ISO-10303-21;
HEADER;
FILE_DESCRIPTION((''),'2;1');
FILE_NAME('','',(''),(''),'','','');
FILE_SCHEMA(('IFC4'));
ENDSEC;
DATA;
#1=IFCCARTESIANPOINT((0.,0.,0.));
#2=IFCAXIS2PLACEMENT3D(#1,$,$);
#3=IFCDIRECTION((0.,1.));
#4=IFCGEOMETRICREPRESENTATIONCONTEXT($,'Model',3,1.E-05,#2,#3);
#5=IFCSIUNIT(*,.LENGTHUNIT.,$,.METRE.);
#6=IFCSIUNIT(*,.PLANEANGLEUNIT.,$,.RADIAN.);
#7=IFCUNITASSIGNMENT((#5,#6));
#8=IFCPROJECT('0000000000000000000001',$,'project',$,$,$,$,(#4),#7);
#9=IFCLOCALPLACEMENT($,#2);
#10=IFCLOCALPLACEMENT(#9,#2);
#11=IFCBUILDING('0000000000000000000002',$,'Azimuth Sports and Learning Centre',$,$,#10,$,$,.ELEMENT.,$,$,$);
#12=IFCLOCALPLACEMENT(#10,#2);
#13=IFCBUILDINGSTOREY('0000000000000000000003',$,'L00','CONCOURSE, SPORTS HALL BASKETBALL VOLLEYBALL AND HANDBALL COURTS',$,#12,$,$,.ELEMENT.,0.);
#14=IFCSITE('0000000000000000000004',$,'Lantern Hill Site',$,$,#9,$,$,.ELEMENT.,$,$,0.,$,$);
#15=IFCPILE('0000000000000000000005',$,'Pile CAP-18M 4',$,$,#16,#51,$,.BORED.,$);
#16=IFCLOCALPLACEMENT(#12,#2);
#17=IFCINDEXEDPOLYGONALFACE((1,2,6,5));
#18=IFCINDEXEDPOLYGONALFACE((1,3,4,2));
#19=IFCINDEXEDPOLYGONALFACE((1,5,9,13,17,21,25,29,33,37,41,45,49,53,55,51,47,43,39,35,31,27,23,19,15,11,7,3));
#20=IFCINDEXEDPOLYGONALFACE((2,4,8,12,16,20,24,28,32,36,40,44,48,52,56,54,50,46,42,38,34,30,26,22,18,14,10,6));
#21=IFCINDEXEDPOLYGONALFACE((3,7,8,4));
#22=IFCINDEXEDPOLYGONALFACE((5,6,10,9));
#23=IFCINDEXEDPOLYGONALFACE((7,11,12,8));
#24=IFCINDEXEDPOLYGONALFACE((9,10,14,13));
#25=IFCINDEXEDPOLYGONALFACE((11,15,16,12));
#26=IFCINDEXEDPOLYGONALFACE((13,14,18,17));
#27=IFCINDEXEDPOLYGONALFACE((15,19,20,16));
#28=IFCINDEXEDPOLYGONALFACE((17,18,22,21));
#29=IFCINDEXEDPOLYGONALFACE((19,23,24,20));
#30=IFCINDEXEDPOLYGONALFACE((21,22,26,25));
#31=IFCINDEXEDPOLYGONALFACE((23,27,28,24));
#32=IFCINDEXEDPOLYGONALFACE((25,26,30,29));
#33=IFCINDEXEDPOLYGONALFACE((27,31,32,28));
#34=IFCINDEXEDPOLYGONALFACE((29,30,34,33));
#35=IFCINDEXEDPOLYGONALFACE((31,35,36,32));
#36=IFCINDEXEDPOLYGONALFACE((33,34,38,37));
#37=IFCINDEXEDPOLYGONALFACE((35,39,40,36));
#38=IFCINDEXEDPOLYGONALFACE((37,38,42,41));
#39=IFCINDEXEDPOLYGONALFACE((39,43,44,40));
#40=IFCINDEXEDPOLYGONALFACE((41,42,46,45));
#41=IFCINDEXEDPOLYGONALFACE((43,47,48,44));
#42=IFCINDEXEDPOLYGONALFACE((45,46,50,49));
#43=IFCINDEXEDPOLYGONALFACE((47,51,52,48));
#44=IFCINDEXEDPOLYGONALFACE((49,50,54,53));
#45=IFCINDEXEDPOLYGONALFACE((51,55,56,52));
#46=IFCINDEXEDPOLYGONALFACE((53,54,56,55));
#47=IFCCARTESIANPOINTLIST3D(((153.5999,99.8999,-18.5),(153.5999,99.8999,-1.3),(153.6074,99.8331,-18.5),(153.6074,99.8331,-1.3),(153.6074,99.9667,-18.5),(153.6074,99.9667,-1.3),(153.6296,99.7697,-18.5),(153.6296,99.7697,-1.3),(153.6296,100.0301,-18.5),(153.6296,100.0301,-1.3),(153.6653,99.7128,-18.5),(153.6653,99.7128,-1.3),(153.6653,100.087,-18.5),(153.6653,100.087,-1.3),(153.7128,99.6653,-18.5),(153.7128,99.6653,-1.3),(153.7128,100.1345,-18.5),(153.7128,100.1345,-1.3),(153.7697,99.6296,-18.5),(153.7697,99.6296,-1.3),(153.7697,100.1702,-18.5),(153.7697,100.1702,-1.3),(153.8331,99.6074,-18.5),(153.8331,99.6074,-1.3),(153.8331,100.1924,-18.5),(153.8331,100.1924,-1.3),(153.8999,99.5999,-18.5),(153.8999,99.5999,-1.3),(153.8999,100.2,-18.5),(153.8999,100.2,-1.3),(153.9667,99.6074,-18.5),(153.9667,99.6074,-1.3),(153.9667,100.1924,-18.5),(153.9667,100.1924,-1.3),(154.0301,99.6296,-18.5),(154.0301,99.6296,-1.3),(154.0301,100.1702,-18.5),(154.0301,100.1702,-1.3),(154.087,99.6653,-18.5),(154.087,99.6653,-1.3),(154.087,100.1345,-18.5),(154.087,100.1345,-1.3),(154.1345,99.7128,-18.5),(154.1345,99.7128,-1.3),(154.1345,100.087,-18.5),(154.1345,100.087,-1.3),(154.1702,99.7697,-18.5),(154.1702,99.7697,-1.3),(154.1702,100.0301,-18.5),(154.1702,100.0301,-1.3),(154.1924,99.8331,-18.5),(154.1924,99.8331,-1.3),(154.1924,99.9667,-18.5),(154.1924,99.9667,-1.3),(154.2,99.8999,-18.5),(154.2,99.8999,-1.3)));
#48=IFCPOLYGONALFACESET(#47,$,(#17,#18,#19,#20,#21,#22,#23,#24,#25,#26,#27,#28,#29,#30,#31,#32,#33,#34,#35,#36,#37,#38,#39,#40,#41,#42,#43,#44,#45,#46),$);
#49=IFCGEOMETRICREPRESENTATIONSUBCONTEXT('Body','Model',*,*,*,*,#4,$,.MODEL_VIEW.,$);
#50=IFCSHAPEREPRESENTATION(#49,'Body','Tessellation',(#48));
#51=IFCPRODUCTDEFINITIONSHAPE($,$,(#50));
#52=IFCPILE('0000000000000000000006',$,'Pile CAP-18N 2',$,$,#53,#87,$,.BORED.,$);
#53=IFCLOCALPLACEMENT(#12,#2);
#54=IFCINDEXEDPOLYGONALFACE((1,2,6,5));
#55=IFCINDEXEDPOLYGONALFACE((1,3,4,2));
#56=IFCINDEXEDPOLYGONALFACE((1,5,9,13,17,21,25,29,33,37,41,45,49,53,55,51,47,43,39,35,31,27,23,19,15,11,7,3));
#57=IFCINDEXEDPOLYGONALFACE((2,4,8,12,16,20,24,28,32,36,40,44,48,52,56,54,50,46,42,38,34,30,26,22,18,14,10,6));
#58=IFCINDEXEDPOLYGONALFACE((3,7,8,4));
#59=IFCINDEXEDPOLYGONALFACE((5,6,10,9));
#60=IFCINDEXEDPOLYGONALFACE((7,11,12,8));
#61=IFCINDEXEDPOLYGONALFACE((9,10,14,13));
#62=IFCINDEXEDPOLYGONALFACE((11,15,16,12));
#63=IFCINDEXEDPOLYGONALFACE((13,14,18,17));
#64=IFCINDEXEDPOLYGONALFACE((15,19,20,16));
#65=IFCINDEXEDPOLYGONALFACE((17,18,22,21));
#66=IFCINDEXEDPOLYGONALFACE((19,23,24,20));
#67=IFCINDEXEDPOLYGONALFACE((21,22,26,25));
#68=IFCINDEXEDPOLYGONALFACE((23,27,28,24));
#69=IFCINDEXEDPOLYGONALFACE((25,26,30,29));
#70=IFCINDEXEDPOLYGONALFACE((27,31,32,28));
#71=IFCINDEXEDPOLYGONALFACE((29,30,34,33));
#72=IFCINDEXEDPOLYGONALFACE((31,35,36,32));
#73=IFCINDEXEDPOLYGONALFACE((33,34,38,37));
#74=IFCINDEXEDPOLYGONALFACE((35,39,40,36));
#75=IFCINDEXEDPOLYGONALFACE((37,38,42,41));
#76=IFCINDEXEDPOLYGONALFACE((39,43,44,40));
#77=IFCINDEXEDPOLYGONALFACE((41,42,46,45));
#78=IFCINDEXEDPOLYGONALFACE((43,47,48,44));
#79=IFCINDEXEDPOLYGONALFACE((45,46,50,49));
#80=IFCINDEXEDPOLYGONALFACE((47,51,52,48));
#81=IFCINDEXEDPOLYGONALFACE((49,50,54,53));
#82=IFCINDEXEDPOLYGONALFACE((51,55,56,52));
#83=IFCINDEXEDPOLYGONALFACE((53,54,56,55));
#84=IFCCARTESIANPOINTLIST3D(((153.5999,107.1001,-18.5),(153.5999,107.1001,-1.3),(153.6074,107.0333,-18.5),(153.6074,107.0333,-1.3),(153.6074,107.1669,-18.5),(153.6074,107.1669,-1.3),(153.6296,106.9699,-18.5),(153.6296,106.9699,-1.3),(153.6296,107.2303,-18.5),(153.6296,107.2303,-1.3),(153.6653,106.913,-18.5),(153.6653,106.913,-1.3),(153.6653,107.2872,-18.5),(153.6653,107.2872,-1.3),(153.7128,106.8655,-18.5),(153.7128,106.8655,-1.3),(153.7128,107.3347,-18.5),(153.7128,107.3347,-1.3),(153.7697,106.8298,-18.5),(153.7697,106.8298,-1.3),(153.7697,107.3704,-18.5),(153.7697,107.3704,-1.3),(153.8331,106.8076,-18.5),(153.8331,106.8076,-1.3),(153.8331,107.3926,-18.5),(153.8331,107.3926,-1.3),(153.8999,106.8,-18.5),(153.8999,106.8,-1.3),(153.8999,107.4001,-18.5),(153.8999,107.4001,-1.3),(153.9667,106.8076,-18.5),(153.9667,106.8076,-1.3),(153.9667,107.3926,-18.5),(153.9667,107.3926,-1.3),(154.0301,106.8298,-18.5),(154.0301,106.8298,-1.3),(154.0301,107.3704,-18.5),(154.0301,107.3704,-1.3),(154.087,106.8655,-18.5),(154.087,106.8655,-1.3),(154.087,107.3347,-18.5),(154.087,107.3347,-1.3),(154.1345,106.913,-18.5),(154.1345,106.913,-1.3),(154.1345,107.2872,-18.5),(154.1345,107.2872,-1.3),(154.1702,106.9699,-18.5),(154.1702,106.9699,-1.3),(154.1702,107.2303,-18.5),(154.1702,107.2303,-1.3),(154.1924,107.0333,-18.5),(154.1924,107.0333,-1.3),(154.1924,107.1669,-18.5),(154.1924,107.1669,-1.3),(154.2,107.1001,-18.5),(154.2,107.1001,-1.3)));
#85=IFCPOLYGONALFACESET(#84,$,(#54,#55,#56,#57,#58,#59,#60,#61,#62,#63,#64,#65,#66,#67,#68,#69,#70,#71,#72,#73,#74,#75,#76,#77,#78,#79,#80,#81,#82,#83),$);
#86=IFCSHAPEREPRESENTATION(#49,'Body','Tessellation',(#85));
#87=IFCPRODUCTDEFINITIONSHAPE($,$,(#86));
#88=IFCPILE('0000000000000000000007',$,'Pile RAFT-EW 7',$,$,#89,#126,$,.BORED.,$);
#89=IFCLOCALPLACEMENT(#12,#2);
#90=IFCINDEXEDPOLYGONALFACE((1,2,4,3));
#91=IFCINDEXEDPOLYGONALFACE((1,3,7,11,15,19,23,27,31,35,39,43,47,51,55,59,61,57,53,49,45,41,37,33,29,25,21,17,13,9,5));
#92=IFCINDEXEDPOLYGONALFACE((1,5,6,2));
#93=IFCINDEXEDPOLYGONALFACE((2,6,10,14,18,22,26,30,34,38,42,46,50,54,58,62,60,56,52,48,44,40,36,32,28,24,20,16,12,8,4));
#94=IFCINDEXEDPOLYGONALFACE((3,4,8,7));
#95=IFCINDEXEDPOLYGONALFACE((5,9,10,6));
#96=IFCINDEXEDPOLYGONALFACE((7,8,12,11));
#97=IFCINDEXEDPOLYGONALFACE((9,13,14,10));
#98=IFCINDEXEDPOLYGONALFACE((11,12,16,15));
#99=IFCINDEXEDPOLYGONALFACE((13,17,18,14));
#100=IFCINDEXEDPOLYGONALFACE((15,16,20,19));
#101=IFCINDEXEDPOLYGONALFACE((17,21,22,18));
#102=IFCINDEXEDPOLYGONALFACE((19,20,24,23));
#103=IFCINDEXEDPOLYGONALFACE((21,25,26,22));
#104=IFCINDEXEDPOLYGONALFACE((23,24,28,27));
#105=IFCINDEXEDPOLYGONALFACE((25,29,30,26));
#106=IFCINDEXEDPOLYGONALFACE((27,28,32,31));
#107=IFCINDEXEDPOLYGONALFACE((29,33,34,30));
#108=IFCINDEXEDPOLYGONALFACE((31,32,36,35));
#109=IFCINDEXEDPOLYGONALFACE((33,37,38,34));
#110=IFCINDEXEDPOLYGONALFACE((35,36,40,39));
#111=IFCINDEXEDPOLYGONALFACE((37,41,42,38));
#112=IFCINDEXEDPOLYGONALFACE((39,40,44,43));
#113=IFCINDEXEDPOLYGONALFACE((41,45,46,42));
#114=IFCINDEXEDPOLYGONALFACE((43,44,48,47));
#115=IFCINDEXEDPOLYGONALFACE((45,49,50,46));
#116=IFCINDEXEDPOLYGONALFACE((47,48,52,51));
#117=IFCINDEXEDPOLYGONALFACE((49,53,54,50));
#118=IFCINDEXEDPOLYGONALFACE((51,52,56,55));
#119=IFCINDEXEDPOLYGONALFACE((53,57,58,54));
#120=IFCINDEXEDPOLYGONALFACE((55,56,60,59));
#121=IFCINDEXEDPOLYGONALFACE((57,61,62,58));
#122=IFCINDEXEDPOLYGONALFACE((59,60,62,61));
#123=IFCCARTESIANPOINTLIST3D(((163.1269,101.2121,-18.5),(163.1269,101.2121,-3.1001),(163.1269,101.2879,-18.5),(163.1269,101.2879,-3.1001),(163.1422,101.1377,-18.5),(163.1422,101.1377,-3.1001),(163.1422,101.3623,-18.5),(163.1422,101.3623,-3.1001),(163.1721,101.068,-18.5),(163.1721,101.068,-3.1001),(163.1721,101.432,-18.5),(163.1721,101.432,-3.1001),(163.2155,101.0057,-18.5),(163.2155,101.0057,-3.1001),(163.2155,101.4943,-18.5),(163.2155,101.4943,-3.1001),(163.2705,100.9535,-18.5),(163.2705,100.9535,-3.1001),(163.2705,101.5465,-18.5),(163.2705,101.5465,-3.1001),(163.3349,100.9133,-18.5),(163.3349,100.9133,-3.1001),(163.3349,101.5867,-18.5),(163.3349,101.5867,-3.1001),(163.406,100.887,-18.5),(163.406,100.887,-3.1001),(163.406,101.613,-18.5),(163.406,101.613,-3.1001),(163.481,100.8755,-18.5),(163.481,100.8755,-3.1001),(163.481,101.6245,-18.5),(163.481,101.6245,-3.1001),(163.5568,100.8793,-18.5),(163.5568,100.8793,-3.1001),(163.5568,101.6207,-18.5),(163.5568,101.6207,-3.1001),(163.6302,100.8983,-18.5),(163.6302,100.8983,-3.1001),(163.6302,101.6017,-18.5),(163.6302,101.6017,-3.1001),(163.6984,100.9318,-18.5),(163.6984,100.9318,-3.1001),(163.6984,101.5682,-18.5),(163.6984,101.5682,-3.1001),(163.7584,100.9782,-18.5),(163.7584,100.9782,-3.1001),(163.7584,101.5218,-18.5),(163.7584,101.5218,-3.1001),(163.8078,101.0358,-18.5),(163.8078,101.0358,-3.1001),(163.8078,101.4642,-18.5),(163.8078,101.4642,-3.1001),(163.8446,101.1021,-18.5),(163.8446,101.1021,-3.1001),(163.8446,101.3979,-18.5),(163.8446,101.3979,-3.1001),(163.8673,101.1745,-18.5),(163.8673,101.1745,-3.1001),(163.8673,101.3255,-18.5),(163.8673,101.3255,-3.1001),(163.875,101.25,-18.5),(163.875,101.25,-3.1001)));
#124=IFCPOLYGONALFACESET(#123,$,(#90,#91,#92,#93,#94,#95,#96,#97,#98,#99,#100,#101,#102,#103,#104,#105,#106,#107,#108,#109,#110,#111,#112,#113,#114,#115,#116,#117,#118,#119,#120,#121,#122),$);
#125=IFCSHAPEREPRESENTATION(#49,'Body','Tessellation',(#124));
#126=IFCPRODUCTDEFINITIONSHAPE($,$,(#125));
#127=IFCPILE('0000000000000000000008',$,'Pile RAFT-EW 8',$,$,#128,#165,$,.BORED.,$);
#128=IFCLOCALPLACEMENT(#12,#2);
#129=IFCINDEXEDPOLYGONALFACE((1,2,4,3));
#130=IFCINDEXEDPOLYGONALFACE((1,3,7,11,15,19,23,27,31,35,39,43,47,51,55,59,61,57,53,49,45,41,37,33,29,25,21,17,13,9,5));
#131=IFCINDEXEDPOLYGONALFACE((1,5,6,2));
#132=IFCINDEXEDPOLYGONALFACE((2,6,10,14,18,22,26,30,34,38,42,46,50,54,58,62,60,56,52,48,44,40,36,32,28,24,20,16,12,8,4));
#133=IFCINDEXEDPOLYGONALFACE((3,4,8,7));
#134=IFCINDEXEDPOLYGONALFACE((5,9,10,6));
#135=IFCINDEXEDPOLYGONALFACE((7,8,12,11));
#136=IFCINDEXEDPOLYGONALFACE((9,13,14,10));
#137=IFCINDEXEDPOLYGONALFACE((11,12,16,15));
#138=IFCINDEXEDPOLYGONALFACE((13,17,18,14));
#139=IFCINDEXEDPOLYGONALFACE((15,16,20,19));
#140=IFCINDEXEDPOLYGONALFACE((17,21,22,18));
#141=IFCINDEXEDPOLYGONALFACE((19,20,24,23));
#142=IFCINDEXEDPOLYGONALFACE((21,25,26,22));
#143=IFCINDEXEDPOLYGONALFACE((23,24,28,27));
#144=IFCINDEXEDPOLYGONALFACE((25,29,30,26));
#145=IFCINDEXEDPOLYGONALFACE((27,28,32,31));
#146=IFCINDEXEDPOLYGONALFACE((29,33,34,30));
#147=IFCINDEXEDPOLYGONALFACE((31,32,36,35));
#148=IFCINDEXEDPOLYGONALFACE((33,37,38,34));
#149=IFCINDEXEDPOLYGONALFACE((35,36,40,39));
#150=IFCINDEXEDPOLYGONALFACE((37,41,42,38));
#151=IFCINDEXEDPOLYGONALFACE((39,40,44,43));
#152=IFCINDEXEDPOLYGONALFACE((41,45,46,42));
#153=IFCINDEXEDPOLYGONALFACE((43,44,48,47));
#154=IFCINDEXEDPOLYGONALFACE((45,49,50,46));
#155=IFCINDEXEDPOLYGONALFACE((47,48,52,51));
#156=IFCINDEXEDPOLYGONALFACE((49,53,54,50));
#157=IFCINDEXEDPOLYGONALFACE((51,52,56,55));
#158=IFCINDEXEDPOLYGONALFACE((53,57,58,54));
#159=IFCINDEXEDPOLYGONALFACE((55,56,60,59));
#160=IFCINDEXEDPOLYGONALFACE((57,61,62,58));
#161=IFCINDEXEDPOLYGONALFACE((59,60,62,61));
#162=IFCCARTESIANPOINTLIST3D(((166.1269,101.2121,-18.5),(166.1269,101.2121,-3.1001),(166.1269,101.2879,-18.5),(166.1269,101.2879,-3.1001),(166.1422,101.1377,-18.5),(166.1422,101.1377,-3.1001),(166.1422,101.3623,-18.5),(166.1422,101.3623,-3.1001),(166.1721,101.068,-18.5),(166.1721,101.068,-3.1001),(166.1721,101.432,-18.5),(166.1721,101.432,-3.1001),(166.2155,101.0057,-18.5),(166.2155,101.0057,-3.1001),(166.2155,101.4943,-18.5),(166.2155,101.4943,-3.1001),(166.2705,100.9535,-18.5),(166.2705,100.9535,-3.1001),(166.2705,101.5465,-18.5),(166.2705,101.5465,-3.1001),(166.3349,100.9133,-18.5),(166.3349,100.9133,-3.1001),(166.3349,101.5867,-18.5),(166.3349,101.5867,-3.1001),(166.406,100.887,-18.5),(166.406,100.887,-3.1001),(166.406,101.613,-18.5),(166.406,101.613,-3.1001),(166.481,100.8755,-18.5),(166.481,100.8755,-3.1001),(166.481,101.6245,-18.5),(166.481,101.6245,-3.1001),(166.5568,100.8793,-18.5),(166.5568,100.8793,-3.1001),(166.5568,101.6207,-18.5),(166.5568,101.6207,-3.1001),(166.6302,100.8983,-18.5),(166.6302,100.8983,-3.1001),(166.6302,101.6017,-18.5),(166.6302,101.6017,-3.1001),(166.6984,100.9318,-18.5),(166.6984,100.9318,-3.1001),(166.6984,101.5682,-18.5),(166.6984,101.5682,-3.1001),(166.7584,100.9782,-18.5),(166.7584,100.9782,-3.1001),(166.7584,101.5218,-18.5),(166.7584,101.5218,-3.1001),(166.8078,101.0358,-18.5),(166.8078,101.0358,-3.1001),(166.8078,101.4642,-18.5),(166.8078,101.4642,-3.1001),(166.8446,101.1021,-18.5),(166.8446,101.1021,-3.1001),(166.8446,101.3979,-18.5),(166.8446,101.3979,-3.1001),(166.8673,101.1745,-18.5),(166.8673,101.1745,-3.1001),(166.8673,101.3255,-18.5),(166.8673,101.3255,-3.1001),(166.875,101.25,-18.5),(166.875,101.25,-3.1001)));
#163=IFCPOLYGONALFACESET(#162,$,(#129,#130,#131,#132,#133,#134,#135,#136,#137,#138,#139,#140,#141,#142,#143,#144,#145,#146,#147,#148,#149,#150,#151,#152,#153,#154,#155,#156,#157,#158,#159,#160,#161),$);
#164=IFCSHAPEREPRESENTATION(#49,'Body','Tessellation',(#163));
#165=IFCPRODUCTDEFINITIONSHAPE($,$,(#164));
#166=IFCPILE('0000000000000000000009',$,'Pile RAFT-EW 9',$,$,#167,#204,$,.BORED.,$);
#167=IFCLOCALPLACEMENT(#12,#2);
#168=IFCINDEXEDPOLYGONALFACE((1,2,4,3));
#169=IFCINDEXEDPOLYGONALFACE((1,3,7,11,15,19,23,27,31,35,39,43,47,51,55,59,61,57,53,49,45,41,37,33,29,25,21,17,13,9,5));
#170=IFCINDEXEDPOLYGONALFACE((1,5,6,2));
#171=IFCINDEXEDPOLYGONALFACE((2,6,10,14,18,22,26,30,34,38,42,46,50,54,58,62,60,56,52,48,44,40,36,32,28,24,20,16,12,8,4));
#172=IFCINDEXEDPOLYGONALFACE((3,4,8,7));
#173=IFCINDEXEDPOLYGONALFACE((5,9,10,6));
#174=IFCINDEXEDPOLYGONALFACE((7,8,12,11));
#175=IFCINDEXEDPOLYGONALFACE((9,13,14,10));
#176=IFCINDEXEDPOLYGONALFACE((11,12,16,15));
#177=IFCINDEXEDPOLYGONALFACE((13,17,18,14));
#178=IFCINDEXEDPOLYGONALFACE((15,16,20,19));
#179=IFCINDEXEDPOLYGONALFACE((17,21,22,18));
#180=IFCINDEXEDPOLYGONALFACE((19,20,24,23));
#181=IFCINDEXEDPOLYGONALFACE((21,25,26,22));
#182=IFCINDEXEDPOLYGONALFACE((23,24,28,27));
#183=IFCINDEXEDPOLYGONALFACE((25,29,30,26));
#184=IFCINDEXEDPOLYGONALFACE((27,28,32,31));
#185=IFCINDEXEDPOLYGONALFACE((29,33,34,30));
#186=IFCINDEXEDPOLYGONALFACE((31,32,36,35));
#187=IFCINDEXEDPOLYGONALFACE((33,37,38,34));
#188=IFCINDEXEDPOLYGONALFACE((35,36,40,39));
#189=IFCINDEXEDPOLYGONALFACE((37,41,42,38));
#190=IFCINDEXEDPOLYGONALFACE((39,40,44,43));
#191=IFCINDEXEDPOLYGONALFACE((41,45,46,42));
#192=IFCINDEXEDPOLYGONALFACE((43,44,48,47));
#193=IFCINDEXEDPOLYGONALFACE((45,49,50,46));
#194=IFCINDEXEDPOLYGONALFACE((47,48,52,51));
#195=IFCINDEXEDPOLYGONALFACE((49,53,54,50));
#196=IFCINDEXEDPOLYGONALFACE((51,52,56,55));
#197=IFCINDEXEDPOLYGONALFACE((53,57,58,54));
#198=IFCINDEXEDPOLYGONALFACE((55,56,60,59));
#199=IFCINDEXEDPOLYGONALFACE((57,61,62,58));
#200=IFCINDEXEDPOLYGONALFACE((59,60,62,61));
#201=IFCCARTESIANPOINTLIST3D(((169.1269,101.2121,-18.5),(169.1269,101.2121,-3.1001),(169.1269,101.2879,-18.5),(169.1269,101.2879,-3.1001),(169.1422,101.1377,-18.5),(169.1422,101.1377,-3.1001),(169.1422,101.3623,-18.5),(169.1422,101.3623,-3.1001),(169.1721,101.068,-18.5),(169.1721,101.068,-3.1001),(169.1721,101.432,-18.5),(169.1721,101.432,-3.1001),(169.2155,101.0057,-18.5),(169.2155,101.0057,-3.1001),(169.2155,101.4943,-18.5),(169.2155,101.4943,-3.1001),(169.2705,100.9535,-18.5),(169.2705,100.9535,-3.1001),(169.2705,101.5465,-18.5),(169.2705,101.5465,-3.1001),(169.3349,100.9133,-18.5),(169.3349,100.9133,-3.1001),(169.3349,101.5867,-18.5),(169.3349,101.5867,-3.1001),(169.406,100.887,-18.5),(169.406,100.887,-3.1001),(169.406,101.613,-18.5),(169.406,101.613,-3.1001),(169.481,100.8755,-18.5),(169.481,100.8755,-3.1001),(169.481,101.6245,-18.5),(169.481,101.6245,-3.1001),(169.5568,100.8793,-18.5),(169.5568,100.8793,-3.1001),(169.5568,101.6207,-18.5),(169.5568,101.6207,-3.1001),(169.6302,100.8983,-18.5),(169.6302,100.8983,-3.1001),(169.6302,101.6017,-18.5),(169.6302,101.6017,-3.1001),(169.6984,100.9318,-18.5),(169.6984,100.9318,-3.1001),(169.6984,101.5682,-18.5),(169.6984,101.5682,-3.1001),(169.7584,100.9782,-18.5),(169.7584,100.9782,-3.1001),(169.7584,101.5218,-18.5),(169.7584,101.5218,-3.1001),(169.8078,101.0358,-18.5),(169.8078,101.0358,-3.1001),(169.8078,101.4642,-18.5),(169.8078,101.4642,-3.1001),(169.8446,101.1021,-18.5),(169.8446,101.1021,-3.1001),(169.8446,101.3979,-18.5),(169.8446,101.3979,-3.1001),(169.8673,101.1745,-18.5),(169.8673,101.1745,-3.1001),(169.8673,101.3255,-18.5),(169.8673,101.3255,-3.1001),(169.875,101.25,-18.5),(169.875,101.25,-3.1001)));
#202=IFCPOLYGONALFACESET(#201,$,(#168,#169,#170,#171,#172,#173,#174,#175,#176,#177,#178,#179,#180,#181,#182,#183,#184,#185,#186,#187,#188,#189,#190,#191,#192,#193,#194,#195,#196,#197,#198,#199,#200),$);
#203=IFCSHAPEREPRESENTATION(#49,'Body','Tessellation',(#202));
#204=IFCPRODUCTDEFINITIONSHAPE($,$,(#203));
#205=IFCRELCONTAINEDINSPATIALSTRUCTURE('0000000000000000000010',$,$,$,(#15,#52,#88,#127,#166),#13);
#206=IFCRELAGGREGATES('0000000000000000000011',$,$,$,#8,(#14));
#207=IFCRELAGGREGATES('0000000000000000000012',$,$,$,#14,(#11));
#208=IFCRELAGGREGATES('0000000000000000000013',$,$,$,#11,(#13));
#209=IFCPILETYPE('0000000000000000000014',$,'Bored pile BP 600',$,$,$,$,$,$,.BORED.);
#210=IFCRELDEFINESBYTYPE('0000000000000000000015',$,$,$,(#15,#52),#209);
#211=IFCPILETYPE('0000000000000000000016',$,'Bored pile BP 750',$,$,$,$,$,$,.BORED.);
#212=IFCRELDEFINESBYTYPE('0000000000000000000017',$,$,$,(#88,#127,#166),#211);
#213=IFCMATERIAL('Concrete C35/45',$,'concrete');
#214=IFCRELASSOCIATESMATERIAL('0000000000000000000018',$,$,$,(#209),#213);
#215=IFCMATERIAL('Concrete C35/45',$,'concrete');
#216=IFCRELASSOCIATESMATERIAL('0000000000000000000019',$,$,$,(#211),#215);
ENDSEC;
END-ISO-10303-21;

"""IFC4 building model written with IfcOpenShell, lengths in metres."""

from ifc_helpers import new_model, si_unit, direction, frame, origin, origin_2d, place, context, subcontext, project, spatial, circle, extrude, material, material_profile, profile_set, type_object, element, save


model = new_model("IFC4")

# Units and contexts
model_context = context("Model", 3, precision=1e-05, world=origin(), true_north=direction((0.0, 1.0)))
body_context = subcontext(model_context, "Body", "Model", "MODEL_VIEW")
ifc_project = project(units=[si_unit("LENGTHUNIT", "METRE"), si_unit("PLANEANGLEUNIT", "RADIAN")], contexts=[model_context])

# Site, building, storey
site_placement = place(None, origin())
site = spatial("IfcSite", under=ifc_project, at=site_placement, Name="Lantern Hill Site", CompositionType="ELEMENT", RefElevation=0.0)
building_placement = place(site_placement, origin())
building = spatial("IfcBuilding", under=site, at=building_placement, Name="Azimuth Sports and Learning Centre", CompositionType="ELEMENT")
storey_placement = place(building_placement, origin())
storey = spatial("IfcBuildingStorey", under=building, at=storey_placement, Name="L00", Description="CONCOURSE, SPORTS HALL BASKETBALL VOLLEYBALL AND HANDBALL COURTS", CompositionType="ELEMENT", Elevation=0.0)

# Piles
ifc_material_1 = material(Name="Concrete C35/45", Category="concrete")
ifc_material_profile_1 = material_profile(ifc_material_1, circle(Radius=0.3, at=origin_2d()), Name="BP 600")
ifc_profile_set_1 = profile_set([ifc_material_profile_1], Name="Concrete C35/45")
pile_type_1 = type_object("IfcPileType", Name="Bored pile BP 600", PredefinedType="BORED", material=ifc_profile_set_1)
for number, where, z_axis, x_axis, name in (
    (1, (153.8999, 99.8999, -1.3), (0.0, 0.0, -1.0), (1.0, 0.0, 0.0), "Pile CAP-18M 4"),
    (2, (153.8999, 107.1001, -1.3), (0.0, 0.0, -1.0), (1.0, 0.0, 0.0), "Pile CAP-18N 2"),
):
    element("IfcPile", number, at=place(storey_placement, frame(where, z_axis=z_axis, x_axis=x_axis)), inside=storey, type_object=pile_type_1, Name=name, PredefinedType="BORED", context=body_context, shape_type="SweptSolid", body=[
        extrude(circle(Radius=0.3, at=origin_2d()), origin(), (0.0, 0.0, 1.0), 17.2),
    ])
ifc_material_2 = material(Name="Concrete C35/45", Category="concrete")
ifc_material_profile_2 = material_profile(ifc_material_2, circle(Radius=0.375, at=origin_2d()), Name="BP 750")
ifc_profile_set_2 = profile_set([ifc_material_profile_2], Name="Concrete C35/45")
pile_type_2 = type_object("IfcPileType", Name="Bored pile BP 750", PredefinedType="BORED", material=ifc_profile_set_2)
for number, where, z_axis, x_axis, name in (
    (3, (163.5, 101.25, -3.1001), (0.0, 0.0, -1.0), (1.0, 0.0, 0.0), "Pile RAFT-EW 7"),
    (4, (166.5, 101.25, -3.1001), (0.0, 0.0, -1.0), (1.0, 0.0, 0.0), "Pile RAFT-EW 8"),
    (5, (169.5, 101.25, -3.1001), (0.0, 0.0, -1.0), (1.0, 0.0, 0.0), "Pile RAFT-EW 9"),
):
    element("IfcPile", number, at=place(storey_placement, frame(where, z_axis=z_axis, x_axis=x_axis)), inside=storey, type_object=pile_type_2, Name=name, PredefinedType="BORED", context=body_context, shape_type="SweptSolid", body=[
        extrude(circle(Radius=0.375, at=origin_2d()), origin(), (0.0, 0.0, 1.0), 15.3999),
    ])

save(model, "model.ifc")
